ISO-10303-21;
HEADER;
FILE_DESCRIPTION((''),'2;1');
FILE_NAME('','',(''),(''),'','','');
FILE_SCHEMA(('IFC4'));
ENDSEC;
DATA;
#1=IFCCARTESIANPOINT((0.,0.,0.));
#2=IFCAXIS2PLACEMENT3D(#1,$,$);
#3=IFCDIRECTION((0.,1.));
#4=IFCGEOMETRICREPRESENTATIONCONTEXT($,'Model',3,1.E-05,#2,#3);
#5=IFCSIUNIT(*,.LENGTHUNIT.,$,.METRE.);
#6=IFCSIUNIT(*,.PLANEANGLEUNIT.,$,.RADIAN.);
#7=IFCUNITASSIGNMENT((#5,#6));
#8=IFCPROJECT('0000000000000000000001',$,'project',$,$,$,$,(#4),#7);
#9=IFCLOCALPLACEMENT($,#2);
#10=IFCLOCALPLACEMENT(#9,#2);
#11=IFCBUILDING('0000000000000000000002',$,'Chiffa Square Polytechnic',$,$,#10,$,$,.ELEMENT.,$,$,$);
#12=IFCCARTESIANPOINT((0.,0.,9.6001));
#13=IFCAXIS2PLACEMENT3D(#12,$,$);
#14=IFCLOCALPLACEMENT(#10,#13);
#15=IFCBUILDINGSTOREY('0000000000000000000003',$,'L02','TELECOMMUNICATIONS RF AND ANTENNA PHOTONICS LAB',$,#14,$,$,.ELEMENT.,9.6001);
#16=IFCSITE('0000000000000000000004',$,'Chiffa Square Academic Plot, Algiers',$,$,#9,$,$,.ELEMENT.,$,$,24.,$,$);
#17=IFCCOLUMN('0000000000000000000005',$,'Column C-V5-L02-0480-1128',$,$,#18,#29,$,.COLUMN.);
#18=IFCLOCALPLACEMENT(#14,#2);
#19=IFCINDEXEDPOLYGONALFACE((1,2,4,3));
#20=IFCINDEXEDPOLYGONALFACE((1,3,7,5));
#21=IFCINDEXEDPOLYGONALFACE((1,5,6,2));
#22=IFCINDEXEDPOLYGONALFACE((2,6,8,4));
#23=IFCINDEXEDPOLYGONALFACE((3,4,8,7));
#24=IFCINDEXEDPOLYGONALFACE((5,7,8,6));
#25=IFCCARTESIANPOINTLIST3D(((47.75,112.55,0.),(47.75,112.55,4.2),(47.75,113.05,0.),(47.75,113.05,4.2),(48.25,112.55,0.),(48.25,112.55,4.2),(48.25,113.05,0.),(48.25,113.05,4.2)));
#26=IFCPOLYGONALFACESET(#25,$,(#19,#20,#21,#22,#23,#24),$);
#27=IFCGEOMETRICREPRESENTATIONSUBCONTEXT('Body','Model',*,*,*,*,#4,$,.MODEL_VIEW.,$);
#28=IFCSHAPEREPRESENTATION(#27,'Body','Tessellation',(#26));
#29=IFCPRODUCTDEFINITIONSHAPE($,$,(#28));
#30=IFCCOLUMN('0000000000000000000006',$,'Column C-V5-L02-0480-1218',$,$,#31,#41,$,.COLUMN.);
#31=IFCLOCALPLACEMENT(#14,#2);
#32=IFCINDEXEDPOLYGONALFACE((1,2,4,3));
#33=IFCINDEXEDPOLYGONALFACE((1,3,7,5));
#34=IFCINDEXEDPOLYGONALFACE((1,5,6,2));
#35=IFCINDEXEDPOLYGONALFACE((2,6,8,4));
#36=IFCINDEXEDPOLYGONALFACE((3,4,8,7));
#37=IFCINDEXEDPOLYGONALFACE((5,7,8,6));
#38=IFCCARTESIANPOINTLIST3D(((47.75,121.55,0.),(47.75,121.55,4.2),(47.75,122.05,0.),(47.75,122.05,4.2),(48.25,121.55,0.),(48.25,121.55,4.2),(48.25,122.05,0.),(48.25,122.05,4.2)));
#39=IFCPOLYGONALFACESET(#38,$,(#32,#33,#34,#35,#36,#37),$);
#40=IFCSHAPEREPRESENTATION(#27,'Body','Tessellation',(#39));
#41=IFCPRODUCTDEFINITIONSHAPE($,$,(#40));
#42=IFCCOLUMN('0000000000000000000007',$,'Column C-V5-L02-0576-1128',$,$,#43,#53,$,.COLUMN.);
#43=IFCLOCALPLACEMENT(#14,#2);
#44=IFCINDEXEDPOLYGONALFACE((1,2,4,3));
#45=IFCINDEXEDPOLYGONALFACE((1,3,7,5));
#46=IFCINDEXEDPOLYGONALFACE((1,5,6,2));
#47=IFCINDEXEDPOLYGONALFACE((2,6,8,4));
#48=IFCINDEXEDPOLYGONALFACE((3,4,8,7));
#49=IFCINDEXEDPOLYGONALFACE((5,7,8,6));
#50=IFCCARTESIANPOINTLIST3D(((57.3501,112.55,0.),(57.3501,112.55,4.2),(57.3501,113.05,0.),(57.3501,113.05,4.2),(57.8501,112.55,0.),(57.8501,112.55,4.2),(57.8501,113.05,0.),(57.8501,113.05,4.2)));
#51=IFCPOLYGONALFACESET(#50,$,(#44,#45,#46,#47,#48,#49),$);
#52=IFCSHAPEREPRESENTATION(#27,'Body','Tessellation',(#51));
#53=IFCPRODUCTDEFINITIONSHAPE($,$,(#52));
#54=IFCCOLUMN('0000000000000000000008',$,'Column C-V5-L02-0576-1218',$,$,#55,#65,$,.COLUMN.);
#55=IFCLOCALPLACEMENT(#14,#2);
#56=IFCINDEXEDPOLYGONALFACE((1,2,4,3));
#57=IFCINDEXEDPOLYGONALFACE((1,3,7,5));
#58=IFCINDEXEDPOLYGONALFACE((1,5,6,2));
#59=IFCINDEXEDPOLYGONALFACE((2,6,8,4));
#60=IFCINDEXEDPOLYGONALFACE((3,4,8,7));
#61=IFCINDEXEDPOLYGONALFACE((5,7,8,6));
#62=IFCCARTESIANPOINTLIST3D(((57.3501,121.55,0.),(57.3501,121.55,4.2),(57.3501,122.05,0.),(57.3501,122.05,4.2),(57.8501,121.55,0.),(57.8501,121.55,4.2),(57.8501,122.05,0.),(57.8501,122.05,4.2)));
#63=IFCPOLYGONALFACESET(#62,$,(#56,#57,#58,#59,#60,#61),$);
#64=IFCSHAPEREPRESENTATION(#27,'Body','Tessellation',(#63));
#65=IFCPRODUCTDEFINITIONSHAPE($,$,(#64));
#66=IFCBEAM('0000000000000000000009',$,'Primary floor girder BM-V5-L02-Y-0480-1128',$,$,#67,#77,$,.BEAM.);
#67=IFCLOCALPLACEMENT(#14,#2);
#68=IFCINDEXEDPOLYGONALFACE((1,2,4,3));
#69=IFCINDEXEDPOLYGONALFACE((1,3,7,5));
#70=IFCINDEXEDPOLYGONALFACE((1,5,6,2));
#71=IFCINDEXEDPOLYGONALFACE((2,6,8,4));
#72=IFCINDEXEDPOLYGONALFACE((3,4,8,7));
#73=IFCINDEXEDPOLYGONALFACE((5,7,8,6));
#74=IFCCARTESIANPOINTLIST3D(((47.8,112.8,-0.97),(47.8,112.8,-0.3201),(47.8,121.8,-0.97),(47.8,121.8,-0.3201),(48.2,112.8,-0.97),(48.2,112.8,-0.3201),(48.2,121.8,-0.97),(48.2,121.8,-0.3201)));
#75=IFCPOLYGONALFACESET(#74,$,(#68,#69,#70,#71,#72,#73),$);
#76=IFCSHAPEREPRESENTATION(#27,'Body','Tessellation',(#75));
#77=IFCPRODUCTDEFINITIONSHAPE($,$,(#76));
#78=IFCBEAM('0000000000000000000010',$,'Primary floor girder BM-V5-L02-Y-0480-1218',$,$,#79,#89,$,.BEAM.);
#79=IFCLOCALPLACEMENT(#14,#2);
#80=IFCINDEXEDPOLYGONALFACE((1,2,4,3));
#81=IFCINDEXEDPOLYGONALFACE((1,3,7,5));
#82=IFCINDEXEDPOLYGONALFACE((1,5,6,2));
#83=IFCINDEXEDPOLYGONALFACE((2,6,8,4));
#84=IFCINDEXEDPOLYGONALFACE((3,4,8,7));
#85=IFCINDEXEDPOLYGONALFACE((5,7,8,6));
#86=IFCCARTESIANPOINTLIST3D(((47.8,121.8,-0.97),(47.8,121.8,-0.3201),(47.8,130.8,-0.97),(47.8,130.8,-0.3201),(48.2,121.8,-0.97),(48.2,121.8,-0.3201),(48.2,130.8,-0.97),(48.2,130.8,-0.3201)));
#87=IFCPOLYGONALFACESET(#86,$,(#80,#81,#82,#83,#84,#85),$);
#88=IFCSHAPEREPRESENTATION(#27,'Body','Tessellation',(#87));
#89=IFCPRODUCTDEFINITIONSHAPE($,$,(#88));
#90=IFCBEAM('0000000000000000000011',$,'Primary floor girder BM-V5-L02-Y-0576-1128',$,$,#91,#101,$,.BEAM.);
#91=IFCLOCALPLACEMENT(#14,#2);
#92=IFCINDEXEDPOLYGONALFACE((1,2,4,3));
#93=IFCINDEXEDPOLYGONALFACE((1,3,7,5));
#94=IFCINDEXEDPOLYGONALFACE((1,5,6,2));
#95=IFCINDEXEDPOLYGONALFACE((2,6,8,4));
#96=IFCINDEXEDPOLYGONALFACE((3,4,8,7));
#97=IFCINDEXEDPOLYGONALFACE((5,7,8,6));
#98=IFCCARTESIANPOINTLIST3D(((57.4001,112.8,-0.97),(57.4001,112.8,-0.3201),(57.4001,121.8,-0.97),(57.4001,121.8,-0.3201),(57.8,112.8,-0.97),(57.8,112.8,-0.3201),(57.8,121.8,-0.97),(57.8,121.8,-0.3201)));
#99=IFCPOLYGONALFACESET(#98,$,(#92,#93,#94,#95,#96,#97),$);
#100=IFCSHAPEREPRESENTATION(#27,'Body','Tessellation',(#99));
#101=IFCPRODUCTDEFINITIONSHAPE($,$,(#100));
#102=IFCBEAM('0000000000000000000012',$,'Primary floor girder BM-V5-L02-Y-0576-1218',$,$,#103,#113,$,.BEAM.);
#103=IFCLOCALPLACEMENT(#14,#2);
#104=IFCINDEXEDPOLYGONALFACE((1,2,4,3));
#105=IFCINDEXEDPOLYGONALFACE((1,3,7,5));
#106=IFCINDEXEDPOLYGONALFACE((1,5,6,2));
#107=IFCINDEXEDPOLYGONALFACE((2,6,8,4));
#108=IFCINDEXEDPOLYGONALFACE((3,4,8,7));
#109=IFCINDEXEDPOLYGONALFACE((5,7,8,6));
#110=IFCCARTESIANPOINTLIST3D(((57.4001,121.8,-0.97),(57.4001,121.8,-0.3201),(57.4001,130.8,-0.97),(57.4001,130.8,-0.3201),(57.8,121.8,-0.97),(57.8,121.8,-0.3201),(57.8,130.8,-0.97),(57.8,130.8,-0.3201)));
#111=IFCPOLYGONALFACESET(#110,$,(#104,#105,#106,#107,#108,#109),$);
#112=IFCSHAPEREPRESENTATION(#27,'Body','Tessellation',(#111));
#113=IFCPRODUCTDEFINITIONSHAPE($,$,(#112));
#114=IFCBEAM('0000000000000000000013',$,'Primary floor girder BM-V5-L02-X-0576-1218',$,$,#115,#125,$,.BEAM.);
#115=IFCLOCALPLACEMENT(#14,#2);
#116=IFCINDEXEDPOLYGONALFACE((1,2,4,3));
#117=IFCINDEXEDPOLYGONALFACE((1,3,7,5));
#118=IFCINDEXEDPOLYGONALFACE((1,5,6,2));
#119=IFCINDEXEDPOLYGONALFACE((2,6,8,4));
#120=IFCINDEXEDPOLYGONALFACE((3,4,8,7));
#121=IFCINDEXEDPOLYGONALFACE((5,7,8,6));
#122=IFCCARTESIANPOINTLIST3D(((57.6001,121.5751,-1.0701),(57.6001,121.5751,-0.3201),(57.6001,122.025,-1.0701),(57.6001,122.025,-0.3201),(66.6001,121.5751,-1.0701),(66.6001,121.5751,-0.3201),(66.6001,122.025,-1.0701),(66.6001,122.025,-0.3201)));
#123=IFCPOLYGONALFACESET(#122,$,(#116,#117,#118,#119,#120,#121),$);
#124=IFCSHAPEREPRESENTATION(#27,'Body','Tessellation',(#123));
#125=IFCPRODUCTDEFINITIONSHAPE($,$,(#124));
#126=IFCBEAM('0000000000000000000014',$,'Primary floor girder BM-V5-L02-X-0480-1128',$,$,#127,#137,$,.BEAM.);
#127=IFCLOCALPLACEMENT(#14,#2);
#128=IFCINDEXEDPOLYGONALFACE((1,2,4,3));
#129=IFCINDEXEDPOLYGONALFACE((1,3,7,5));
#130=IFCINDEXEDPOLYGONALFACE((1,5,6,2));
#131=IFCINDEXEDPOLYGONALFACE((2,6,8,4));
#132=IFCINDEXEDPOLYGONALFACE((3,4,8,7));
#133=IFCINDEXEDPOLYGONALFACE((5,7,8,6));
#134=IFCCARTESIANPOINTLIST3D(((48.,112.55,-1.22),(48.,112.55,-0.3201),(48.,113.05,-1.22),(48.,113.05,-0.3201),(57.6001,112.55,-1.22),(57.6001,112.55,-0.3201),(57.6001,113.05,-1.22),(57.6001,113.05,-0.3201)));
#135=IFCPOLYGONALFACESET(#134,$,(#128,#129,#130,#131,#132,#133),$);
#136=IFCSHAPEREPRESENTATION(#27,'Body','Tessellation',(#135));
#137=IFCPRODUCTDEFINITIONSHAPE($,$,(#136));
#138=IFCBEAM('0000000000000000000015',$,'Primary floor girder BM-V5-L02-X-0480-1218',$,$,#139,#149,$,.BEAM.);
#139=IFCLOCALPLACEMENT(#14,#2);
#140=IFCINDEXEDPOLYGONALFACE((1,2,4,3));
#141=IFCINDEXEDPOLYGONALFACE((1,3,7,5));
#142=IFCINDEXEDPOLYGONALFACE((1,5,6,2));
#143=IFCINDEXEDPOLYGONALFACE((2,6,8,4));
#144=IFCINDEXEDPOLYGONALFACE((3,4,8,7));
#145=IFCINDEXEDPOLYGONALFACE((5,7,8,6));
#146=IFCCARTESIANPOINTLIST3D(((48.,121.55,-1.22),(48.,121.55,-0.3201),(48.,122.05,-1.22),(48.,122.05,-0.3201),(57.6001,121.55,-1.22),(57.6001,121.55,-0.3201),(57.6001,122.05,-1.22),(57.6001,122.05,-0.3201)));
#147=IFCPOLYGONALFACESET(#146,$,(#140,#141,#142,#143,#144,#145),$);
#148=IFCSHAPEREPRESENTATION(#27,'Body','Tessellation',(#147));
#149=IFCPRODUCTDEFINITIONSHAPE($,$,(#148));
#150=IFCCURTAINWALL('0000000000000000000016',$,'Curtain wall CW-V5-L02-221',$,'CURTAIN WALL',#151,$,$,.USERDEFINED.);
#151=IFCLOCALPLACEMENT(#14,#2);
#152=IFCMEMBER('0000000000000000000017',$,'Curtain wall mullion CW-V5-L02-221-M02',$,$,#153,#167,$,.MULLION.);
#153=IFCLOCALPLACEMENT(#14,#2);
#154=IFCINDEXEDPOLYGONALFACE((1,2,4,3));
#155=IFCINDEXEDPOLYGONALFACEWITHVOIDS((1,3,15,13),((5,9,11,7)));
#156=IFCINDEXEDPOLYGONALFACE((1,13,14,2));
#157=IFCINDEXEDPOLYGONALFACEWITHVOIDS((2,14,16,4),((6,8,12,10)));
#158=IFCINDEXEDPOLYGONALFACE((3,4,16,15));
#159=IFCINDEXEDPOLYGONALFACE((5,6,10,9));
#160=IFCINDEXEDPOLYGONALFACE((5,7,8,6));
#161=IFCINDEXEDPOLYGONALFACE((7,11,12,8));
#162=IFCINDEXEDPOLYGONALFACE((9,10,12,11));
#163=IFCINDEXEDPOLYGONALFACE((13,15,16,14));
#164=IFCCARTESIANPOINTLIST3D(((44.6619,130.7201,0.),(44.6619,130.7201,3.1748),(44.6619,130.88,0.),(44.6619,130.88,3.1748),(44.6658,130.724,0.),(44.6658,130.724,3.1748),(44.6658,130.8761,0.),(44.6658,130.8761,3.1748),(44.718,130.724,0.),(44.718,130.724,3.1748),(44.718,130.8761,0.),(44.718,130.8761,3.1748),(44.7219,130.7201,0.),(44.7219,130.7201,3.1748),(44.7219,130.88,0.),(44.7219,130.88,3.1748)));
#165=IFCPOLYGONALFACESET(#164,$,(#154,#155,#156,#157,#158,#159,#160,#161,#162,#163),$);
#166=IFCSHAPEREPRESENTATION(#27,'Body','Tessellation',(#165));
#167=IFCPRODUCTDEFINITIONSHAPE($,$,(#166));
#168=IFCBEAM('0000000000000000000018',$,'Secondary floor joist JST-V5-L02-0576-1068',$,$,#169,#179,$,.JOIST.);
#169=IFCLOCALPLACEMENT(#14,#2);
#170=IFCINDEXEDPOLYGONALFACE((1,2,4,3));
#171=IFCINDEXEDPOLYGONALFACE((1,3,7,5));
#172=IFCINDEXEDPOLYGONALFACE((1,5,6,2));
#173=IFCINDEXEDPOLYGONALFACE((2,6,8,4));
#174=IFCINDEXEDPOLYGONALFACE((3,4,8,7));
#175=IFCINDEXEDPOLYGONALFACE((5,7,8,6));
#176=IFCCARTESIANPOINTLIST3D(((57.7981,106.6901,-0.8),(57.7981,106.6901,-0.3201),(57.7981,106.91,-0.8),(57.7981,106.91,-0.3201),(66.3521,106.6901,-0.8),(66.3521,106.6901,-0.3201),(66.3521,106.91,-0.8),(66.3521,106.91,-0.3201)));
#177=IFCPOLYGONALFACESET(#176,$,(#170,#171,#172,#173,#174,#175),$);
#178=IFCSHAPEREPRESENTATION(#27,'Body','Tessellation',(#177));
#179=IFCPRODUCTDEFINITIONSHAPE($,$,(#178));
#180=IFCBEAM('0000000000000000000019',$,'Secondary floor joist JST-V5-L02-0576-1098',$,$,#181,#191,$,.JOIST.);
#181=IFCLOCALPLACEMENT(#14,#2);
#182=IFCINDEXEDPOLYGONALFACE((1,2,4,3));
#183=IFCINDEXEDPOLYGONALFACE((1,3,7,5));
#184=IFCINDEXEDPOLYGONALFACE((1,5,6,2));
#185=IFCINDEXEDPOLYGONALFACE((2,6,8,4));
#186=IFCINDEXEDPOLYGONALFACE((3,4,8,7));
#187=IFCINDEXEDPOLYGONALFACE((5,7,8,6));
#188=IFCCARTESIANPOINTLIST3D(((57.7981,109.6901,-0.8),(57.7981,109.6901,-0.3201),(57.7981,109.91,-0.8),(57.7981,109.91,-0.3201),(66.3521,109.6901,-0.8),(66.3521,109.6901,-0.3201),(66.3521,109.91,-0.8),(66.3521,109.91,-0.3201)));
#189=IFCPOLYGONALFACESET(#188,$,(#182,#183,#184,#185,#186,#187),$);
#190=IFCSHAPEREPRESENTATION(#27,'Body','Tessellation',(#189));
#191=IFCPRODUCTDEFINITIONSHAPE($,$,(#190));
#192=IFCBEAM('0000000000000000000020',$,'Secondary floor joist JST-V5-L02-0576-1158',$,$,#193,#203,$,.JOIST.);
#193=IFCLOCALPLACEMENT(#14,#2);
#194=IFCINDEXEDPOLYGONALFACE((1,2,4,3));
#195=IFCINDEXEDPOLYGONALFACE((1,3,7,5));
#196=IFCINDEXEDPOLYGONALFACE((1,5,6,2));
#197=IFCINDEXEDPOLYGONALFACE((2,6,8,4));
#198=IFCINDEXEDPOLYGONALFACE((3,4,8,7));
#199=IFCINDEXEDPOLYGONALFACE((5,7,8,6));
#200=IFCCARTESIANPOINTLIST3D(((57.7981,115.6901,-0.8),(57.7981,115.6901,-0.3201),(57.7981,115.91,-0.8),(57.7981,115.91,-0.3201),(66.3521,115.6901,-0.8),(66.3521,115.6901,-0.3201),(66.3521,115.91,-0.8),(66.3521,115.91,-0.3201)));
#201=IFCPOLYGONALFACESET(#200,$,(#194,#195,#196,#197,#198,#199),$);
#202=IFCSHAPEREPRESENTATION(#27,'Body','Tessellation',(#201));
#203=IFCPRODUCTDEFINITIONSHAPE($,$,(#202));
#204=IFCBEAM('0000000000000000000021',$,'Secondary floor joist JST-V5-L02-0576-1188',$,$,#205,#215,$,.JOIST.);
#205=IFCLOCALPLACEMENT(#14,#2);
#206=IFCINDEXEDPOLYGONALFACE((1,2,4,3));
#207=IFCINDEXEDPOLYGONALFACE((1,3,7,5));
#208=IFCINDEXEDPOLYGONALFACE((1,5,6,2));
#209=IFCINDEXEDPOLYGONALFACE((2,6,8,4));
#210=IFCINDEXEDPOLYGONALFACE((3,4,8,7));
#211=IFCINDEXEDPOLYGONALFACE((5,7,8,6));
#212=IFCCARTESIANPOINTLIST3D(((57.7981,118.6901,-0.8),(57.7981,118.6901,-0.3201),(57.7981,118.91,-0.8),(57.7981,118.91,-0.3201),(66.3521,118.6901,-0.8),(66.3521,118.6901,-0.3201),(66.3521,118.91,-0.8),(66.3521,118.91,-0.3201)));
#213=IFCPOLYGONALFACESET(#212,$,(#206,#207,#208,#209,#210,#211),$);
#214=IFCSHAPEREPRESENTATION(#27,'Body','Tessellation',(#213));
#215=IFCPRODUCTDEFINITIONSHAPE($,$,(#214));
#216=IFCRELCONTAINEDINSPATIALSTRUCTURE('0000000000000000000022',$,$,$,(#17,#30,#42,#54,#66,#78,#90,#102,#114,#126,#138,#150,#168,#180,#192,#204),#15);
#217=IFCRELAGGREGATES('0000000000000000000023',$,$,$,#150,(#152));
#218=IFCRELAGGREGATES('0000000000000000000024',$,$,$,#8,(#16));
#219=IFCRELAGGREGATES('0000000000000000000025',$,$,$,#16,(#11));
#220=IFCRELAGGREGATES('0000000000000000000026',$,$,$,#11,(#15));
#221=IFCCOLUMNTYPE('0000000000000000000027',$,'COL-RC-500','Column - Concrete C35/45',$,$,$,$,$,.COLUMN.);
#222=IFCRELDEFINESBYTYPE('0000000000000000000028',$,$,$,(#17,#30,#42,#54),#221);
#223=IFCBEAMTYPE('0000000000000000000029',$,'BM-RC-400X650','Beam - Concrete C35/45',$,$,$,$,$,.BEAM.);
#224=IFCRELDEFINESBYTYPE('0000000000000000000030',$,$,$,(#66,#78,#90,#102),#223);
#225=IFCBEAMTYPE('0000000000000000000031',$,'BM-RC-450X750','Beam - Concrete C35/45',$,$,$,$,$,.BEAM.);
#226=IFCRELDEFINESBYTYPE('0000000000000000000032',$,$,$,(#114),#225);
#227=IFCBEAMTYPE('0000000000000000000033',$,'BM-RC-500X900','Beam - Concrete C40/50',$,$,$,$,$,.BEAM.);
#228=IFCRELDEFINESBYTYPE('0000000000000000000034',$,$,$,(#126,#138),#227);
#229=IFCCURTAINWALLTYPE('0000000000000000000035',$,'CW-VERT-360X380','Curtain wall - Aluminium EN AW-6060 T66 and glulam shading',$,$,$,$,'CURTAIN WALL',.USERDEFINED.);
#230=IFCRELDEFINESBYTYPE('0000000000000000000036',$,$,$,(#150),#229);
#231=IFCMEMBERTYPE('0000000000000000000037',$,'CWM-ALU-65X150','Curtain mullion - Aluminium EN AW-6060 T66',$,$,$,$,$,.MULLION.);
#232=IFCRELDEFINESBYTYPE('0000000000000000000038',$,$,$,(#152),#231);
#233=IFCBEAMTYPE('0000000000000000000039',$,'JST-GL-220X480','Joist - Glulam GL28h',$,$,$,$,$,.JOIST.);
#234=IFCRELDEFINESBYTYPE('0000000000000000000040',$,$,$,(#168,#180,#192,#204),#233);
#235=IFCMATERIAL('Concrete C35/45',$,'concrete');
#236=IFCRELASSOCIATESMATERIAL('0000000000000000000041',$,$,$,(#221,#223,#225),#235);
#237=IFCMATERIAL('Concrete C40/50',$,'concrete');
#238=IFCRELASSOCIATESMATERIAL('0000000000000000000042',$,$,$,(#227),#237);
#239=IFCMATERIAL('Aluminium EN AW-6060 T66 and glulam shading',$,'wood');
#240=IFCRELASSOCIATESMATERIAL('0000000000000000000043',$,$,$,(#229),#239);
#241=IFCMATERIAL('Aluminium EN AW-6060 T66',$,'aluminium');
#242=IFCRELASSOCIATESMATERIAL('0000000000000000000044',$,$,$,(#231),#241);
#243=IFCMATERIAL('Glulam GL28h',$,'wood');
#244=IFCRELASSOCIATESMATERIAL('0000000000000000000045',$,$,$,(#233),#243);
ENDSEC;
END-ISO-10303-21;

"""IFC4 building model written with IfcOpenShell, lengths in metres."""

from ifc_helpers import new_model, si_unit, direction, frame, origin, origin_2d, place, context, subcontext, project, spatial, rectangle, hollow_rectangle, extrude, material, material_profile, profile_set, type_object, element, aggregate, save


model = new_model("IFC4")

# Units and contexts
model_context = context("Model", 3, precision=1e-05, world=origin(), true_north=direction((0.0, 1.0)))
body_context = subcontext(model_context, "Body", "Model", "MODEL_VIEW")
ifc_project = project(units=[si_unit("LENGTHUNIT", "METRE"), si_unit("PLANEANGLEUNIT", "RADIAN")], contexts=[model_context])

# Site, building, storey
site_placement = place(None, origin())
site = spatial("IfcSite", under=ifc_project, at=site_placement, Name="Chiffa Square Academic Plot, Algiers", CompositionType="ELEMENT", RefElevation=24.0)
building_placement = place(site_placement, origin())
building = spatial("IfcBuilding", under=site, at=building_placement, Name="Chiffa Square Polytechnic", CompositionType="ELEMENT")
storey_placement = place(building_placement, frame((0.0, 0.0, 9.6001)))
storey = spatial("IfcBuildingStorey", under=building, at=storey_placement, Name="L02", Description="TELECOMMUNICATIONS RF AND ANTENNA PHOTONICS LAB", CompositionType="ELEMENT", Elevation=9.6001)

# Columns
ifc_material_1 = material(Name="Concrete C35/45", Category="concrete")
ifc_material_profile_1 = material_profile(ifc_material_1, rectangle(XDim=0.5, YDim=0.5, at=origin_2d()), Name="RC 500x500")
ifc_profile_set_1 = profile_set([ifc_material_profile_1], Name="Concrete C35/45")
column_type = type_object("IfcColumnType", Name="COL-RC-500", Description="Column - Concrete C35/45", PredefinedType="COLUMN", material=ifc_profile_set_1)
for number, where, z_axis, x_axis, name in (
    (1, (48.0, 112.8, 0.0), (0.0, 0.0, 1.0), (1.0, 0.0, 0.0), "Column C-V5-L02-0480-1128"),
    (2, (48.0, 121.8, 0.0), (0.0, 0.0, 1.0), (1.0, 0.0, 0.0), "Column C-V5-L02-0480-1218"),
    (3, (57.6001, 112.8, 0.0), (0.0, 0.0, 1.0), (1.0, 0.0, 0.0), "Column C-V5-L02-0576-1128"),
    (4, (57.6001, 121.8, 0.0), (0.0, 0.0, 1.0), (1.0, 0.0, 0.0), "Column C-V5-L02-0576-1218"),
):
    element("IfcColumn", number, at=place(storey_placement, frame(where, z_axis=z_axis, x_axis=x_axis)), inside=storey, type_object=column_type, Name=name, PredefinedType="COLUMN", context=body_context, shape_type="SweptSolid", body=[
        extrude(rectangle(XDim=0.5, YDim=0.5, at=origin_2d()), origin(), (0.0, 0.0, 1.0), 4.2),
    ])

# Beams
ifc_material_profile_2 = material_profile(ifc_material_1, rectangle(XDim=0.3999, YDim=0.6499, at=origin_2d()), Name="RC 400x650")
ifc_profile_set_2 = profile_set([ifc_material_profile_2], Name="Concrete C35/45")
beam_type_1 = type_object("IfcBeamType", Name="BM-RC-400X650", Description="Beam - Concrete C35/45", PredefinedType="BEAM", material=ifc_profile_set_2)
for number, where, z_axis, x_axis, name in (
    (5, (48.0, 112.8, -0.645), (0.0, 1.0, 0.0), (-1.0, 0.0, 0.0), "Primary floor girder BM-V5-L02-Y-0480-1128"),
    (6, (48.0, 121.8, -0.645), (0.0, 1.0, 0.0), (-1.0, 0.0, 0.0), "Primary floor girder BM-V5-L02-Y-0480-1218"),
    (7, (57.6001, 112.8, -0.645), (0.0, 1.0, 0.0), (-1.0, 0.0, 0.0), "Primary floor girder BM-V5-L02-Y-0576-1128"),
    (8, (57.6001, 121.8, -0.645), (0.0, 1.0, 0.0), (-1.0, 0.0, 0.0), "Primary floor girder BM-V5-L02-Y-0576-1218"),
):
    element("IfcBeam", number, at=place(storey_placement, frame(where, z_axis=z_axis, x_axis=x_axis)), inside=storey, type_object=beam_type_1, Name=name, PredefinedType="BEAM", context=body_context, shape_type="SweptSolid", body=[
        extrude(rectangle(XDim=0.3999, YDim=0.6499, at=origin_2d()), origin(), (0.0, 0.0, 1.0), 9.0),
    ])
ifc_material_profile_3 = material_profile(ifc_material_1, rectangle(XDim=0.45, YDim=0.75, at=origin_2d()), Name="RC 450x750")
ifc_profile_set_3 = profile_set([ifc_material_profile_3], Name="Concrete C35/45")
beam_type_2 = type_object("IfcBeamType", Name="BM-RC-450X750", Description="Beam - Concrete C35/45", PredefinedType="BEAM", material=ifc_profile_set_3)
beam_placement = place(storey_placement, frame((57.6001, 121.8, -0.6951), z_axis=(1.0, 0.0, 0.0), x_axis=(0.0, 1.0, 0.0)))
element("IfcBeam", 9, at=beam_placement, inside=storey, type_object=beam_type_2, Name="Primary floor girder BM-V5-L02-X-0576-1218", PredefinedType="BEAM", context=body_context, shape_type="SweptSolid", body=[
    extrude(rectangle(XDim=0.45, YDim=0.75, at=origin_2d()), origin(), (0.0, 0.0, 1.0), 9.0),
])
ifc_material_2 = material(Name="Concrete C40/50", Category="concrete")
ifc_material_profile_4 = material_profile(ifc_material_2, rectangle(XDim=0.5, YDim=0.8999, at=origin_2d()), Name="RC 500x900")
ifc_profile_set_4 = profile_set([ifc_material_profile_4], Name="Concrete C40/50")
beam_type_3 = type_object("IfcBeamType", Name="BM-RC-500X900", Description="Beam - Concrete C40/50", PredefinedType="BEAM", material=ifc_profile_set_4)
for number, where, z_axis, x_axis, name in (
    (10, (48.0, 112.8, -0.77), (1.0, 0.0, 0.0), (0.0, 1.0, 0.0), "Primary floor girder BM-V5-L02-X-0480-1128"),
    (11, (48.0, 121.8, -0.77), (1.0, 0.0, 0.0), (0.0, 1.0, 0.0), "Primary floor girder BM-V5-L02-X-0480-1218"),
):
    element("IfcBeam", number, at=place(storey_placement, frame(where, z_axis=z_axis, x_axis=x_axis)), inside=storey, type_object=beam_type_3, Name=name, PredefinedType="BEAM", context=body_context, shape_type="SweptSolid", body=[
        extrude(rectangle(XDim=0.5, YDim=0.8999, at=origin_2d()), origin(), (0.0, 0.0, 1.0), 9.6001),
    ])

# Curtain wall, member
ifc_material_3 = material(Name="Aluminium EN AW-6060 T66 and glulam shading", Category="wood")
curtain_wall_type = type_object("IfcCurtainWallType", Name="CW-VERT-360X380", Description="Curtain wall - Aluminium EN AW-6060 T66 and glulam shading", ElementType="CURTAIN WALL", PredefinedType="USERDEFINED", material=ifc_material_3)
curtain_wall_placement = place(storey_placement, origin())
curtain_wall = element("IfcCurtainWall", 12, at=curtain_wall_placement, inside=storey, type_object=curtain_wall_type, Name="Curtain wall CW-V5-L02-221", ObjectType="CURTAIN WALL", PredefinedType="USERDEFINED")
ifc_material_4 = material(Name="Aluminium EN AW-6060 T66", Category="aluminium")
ifc_material_profile_5 = material_profile(ifc_material_4, hollow_rectangle(XDim=0.0601, YDim=0.1599, WallThickness=0.0039, at=origin_2d()), Name="ALU 60x160x4")
ifc_profile_set_5 = profile_set([ifc_material_profile_5], Name="Aluminium EN AW-6060 T66")
member_type = type_object("IfcMemberType", Name="CWM-ALU-65X150", Description="Curtain mullion - Aluminium EN AW-6060 T66", PredefinedType="MULLION", material=ifc_profile_set_5)
member_placement = place(storey_placement, frame((44.6919, 130.8, 0.0), z_axis=(0.0, 0.0, 1.0), x_axis=(1.0, 0.0, 0.0)))
member = element("IfcMember", 13, at=member_placement, type_object=member_type, Name="Curtain wall mullion CW-V5-L02-221-M02", PredefinedType="MULLION", context=body_context, shape_type="SweptSolid", body=[
    extrude(hollow_rectangle(XDim=0.0601, YDim=0.1599, WallThickness=0.0039, at=origin_2d()), origin(), (0.0, 0.0, 1.0), 3.1748),
])

# Beams
ifc_material_5 = material(Name="Glulam GL28h", Category="wood")
ifc_material_profile_6 = material_profile(ifc_material_5, rectangle(XDim=0.22, YDim=0.48, at=origin_2d()), Name="GL28h 220x480")
ifc_profile_set_6 = profile_set([ifc_material_profile_6], Name="Glulam GL28h")
beam_type_4 = type_object("IfcBeamType", Name="JST-GL-220X480", Description="Joist - Glulam GL28h", PredefinedType="JOIST", material=ifc_profile_set_6)
for number, where, z_axis, x_axis, name in (
    (14, (57.7981, 106.8, -0.5601), (1.0, 0.0, 0.0), (0.0, 1.0, 0.0), "Secondary floor joist JST-V5-L02-0576-1068"),
    (15, (57.7981, 109.8, -0.5601), (1.0, 0.0, 0.0), (0.0, 1.0, 0.0), "Secondary floor joist JST-V5-L02-0576-1098"),
    (16, (57.7981, 115.8, -0.5601), (1.0, 0.0, 0.0), (0.0, 1.0, 0.0), "Secondary floor joist JST-V5-L02-0576-1158"),
    (17, (57.7981, 118.8, -0.5601), (1.0, 0.0, 0.0), (0.0, 1.0, 0.0), "Secondary floor joist JST-V5-L02-0576-1188"),
):
    element("IfcBeam", number, at=place(storey_placement, frame(where, z_axis=z_axis, x_axis=x_axis)), inside=storey, type_object=beam_type_4, Name=name, PredefinedType="JOIST", context=body_context, shape_type="SweptSolid", body=[
        extrude(rectangle(XDim=0.22, YDim=0.48, at=origin_2d()), origin(), (0.0, 0.0, 1.0), 8.554),
    ])

aggregate(curtain_wall, [member])

save(model, "model.ifc")
